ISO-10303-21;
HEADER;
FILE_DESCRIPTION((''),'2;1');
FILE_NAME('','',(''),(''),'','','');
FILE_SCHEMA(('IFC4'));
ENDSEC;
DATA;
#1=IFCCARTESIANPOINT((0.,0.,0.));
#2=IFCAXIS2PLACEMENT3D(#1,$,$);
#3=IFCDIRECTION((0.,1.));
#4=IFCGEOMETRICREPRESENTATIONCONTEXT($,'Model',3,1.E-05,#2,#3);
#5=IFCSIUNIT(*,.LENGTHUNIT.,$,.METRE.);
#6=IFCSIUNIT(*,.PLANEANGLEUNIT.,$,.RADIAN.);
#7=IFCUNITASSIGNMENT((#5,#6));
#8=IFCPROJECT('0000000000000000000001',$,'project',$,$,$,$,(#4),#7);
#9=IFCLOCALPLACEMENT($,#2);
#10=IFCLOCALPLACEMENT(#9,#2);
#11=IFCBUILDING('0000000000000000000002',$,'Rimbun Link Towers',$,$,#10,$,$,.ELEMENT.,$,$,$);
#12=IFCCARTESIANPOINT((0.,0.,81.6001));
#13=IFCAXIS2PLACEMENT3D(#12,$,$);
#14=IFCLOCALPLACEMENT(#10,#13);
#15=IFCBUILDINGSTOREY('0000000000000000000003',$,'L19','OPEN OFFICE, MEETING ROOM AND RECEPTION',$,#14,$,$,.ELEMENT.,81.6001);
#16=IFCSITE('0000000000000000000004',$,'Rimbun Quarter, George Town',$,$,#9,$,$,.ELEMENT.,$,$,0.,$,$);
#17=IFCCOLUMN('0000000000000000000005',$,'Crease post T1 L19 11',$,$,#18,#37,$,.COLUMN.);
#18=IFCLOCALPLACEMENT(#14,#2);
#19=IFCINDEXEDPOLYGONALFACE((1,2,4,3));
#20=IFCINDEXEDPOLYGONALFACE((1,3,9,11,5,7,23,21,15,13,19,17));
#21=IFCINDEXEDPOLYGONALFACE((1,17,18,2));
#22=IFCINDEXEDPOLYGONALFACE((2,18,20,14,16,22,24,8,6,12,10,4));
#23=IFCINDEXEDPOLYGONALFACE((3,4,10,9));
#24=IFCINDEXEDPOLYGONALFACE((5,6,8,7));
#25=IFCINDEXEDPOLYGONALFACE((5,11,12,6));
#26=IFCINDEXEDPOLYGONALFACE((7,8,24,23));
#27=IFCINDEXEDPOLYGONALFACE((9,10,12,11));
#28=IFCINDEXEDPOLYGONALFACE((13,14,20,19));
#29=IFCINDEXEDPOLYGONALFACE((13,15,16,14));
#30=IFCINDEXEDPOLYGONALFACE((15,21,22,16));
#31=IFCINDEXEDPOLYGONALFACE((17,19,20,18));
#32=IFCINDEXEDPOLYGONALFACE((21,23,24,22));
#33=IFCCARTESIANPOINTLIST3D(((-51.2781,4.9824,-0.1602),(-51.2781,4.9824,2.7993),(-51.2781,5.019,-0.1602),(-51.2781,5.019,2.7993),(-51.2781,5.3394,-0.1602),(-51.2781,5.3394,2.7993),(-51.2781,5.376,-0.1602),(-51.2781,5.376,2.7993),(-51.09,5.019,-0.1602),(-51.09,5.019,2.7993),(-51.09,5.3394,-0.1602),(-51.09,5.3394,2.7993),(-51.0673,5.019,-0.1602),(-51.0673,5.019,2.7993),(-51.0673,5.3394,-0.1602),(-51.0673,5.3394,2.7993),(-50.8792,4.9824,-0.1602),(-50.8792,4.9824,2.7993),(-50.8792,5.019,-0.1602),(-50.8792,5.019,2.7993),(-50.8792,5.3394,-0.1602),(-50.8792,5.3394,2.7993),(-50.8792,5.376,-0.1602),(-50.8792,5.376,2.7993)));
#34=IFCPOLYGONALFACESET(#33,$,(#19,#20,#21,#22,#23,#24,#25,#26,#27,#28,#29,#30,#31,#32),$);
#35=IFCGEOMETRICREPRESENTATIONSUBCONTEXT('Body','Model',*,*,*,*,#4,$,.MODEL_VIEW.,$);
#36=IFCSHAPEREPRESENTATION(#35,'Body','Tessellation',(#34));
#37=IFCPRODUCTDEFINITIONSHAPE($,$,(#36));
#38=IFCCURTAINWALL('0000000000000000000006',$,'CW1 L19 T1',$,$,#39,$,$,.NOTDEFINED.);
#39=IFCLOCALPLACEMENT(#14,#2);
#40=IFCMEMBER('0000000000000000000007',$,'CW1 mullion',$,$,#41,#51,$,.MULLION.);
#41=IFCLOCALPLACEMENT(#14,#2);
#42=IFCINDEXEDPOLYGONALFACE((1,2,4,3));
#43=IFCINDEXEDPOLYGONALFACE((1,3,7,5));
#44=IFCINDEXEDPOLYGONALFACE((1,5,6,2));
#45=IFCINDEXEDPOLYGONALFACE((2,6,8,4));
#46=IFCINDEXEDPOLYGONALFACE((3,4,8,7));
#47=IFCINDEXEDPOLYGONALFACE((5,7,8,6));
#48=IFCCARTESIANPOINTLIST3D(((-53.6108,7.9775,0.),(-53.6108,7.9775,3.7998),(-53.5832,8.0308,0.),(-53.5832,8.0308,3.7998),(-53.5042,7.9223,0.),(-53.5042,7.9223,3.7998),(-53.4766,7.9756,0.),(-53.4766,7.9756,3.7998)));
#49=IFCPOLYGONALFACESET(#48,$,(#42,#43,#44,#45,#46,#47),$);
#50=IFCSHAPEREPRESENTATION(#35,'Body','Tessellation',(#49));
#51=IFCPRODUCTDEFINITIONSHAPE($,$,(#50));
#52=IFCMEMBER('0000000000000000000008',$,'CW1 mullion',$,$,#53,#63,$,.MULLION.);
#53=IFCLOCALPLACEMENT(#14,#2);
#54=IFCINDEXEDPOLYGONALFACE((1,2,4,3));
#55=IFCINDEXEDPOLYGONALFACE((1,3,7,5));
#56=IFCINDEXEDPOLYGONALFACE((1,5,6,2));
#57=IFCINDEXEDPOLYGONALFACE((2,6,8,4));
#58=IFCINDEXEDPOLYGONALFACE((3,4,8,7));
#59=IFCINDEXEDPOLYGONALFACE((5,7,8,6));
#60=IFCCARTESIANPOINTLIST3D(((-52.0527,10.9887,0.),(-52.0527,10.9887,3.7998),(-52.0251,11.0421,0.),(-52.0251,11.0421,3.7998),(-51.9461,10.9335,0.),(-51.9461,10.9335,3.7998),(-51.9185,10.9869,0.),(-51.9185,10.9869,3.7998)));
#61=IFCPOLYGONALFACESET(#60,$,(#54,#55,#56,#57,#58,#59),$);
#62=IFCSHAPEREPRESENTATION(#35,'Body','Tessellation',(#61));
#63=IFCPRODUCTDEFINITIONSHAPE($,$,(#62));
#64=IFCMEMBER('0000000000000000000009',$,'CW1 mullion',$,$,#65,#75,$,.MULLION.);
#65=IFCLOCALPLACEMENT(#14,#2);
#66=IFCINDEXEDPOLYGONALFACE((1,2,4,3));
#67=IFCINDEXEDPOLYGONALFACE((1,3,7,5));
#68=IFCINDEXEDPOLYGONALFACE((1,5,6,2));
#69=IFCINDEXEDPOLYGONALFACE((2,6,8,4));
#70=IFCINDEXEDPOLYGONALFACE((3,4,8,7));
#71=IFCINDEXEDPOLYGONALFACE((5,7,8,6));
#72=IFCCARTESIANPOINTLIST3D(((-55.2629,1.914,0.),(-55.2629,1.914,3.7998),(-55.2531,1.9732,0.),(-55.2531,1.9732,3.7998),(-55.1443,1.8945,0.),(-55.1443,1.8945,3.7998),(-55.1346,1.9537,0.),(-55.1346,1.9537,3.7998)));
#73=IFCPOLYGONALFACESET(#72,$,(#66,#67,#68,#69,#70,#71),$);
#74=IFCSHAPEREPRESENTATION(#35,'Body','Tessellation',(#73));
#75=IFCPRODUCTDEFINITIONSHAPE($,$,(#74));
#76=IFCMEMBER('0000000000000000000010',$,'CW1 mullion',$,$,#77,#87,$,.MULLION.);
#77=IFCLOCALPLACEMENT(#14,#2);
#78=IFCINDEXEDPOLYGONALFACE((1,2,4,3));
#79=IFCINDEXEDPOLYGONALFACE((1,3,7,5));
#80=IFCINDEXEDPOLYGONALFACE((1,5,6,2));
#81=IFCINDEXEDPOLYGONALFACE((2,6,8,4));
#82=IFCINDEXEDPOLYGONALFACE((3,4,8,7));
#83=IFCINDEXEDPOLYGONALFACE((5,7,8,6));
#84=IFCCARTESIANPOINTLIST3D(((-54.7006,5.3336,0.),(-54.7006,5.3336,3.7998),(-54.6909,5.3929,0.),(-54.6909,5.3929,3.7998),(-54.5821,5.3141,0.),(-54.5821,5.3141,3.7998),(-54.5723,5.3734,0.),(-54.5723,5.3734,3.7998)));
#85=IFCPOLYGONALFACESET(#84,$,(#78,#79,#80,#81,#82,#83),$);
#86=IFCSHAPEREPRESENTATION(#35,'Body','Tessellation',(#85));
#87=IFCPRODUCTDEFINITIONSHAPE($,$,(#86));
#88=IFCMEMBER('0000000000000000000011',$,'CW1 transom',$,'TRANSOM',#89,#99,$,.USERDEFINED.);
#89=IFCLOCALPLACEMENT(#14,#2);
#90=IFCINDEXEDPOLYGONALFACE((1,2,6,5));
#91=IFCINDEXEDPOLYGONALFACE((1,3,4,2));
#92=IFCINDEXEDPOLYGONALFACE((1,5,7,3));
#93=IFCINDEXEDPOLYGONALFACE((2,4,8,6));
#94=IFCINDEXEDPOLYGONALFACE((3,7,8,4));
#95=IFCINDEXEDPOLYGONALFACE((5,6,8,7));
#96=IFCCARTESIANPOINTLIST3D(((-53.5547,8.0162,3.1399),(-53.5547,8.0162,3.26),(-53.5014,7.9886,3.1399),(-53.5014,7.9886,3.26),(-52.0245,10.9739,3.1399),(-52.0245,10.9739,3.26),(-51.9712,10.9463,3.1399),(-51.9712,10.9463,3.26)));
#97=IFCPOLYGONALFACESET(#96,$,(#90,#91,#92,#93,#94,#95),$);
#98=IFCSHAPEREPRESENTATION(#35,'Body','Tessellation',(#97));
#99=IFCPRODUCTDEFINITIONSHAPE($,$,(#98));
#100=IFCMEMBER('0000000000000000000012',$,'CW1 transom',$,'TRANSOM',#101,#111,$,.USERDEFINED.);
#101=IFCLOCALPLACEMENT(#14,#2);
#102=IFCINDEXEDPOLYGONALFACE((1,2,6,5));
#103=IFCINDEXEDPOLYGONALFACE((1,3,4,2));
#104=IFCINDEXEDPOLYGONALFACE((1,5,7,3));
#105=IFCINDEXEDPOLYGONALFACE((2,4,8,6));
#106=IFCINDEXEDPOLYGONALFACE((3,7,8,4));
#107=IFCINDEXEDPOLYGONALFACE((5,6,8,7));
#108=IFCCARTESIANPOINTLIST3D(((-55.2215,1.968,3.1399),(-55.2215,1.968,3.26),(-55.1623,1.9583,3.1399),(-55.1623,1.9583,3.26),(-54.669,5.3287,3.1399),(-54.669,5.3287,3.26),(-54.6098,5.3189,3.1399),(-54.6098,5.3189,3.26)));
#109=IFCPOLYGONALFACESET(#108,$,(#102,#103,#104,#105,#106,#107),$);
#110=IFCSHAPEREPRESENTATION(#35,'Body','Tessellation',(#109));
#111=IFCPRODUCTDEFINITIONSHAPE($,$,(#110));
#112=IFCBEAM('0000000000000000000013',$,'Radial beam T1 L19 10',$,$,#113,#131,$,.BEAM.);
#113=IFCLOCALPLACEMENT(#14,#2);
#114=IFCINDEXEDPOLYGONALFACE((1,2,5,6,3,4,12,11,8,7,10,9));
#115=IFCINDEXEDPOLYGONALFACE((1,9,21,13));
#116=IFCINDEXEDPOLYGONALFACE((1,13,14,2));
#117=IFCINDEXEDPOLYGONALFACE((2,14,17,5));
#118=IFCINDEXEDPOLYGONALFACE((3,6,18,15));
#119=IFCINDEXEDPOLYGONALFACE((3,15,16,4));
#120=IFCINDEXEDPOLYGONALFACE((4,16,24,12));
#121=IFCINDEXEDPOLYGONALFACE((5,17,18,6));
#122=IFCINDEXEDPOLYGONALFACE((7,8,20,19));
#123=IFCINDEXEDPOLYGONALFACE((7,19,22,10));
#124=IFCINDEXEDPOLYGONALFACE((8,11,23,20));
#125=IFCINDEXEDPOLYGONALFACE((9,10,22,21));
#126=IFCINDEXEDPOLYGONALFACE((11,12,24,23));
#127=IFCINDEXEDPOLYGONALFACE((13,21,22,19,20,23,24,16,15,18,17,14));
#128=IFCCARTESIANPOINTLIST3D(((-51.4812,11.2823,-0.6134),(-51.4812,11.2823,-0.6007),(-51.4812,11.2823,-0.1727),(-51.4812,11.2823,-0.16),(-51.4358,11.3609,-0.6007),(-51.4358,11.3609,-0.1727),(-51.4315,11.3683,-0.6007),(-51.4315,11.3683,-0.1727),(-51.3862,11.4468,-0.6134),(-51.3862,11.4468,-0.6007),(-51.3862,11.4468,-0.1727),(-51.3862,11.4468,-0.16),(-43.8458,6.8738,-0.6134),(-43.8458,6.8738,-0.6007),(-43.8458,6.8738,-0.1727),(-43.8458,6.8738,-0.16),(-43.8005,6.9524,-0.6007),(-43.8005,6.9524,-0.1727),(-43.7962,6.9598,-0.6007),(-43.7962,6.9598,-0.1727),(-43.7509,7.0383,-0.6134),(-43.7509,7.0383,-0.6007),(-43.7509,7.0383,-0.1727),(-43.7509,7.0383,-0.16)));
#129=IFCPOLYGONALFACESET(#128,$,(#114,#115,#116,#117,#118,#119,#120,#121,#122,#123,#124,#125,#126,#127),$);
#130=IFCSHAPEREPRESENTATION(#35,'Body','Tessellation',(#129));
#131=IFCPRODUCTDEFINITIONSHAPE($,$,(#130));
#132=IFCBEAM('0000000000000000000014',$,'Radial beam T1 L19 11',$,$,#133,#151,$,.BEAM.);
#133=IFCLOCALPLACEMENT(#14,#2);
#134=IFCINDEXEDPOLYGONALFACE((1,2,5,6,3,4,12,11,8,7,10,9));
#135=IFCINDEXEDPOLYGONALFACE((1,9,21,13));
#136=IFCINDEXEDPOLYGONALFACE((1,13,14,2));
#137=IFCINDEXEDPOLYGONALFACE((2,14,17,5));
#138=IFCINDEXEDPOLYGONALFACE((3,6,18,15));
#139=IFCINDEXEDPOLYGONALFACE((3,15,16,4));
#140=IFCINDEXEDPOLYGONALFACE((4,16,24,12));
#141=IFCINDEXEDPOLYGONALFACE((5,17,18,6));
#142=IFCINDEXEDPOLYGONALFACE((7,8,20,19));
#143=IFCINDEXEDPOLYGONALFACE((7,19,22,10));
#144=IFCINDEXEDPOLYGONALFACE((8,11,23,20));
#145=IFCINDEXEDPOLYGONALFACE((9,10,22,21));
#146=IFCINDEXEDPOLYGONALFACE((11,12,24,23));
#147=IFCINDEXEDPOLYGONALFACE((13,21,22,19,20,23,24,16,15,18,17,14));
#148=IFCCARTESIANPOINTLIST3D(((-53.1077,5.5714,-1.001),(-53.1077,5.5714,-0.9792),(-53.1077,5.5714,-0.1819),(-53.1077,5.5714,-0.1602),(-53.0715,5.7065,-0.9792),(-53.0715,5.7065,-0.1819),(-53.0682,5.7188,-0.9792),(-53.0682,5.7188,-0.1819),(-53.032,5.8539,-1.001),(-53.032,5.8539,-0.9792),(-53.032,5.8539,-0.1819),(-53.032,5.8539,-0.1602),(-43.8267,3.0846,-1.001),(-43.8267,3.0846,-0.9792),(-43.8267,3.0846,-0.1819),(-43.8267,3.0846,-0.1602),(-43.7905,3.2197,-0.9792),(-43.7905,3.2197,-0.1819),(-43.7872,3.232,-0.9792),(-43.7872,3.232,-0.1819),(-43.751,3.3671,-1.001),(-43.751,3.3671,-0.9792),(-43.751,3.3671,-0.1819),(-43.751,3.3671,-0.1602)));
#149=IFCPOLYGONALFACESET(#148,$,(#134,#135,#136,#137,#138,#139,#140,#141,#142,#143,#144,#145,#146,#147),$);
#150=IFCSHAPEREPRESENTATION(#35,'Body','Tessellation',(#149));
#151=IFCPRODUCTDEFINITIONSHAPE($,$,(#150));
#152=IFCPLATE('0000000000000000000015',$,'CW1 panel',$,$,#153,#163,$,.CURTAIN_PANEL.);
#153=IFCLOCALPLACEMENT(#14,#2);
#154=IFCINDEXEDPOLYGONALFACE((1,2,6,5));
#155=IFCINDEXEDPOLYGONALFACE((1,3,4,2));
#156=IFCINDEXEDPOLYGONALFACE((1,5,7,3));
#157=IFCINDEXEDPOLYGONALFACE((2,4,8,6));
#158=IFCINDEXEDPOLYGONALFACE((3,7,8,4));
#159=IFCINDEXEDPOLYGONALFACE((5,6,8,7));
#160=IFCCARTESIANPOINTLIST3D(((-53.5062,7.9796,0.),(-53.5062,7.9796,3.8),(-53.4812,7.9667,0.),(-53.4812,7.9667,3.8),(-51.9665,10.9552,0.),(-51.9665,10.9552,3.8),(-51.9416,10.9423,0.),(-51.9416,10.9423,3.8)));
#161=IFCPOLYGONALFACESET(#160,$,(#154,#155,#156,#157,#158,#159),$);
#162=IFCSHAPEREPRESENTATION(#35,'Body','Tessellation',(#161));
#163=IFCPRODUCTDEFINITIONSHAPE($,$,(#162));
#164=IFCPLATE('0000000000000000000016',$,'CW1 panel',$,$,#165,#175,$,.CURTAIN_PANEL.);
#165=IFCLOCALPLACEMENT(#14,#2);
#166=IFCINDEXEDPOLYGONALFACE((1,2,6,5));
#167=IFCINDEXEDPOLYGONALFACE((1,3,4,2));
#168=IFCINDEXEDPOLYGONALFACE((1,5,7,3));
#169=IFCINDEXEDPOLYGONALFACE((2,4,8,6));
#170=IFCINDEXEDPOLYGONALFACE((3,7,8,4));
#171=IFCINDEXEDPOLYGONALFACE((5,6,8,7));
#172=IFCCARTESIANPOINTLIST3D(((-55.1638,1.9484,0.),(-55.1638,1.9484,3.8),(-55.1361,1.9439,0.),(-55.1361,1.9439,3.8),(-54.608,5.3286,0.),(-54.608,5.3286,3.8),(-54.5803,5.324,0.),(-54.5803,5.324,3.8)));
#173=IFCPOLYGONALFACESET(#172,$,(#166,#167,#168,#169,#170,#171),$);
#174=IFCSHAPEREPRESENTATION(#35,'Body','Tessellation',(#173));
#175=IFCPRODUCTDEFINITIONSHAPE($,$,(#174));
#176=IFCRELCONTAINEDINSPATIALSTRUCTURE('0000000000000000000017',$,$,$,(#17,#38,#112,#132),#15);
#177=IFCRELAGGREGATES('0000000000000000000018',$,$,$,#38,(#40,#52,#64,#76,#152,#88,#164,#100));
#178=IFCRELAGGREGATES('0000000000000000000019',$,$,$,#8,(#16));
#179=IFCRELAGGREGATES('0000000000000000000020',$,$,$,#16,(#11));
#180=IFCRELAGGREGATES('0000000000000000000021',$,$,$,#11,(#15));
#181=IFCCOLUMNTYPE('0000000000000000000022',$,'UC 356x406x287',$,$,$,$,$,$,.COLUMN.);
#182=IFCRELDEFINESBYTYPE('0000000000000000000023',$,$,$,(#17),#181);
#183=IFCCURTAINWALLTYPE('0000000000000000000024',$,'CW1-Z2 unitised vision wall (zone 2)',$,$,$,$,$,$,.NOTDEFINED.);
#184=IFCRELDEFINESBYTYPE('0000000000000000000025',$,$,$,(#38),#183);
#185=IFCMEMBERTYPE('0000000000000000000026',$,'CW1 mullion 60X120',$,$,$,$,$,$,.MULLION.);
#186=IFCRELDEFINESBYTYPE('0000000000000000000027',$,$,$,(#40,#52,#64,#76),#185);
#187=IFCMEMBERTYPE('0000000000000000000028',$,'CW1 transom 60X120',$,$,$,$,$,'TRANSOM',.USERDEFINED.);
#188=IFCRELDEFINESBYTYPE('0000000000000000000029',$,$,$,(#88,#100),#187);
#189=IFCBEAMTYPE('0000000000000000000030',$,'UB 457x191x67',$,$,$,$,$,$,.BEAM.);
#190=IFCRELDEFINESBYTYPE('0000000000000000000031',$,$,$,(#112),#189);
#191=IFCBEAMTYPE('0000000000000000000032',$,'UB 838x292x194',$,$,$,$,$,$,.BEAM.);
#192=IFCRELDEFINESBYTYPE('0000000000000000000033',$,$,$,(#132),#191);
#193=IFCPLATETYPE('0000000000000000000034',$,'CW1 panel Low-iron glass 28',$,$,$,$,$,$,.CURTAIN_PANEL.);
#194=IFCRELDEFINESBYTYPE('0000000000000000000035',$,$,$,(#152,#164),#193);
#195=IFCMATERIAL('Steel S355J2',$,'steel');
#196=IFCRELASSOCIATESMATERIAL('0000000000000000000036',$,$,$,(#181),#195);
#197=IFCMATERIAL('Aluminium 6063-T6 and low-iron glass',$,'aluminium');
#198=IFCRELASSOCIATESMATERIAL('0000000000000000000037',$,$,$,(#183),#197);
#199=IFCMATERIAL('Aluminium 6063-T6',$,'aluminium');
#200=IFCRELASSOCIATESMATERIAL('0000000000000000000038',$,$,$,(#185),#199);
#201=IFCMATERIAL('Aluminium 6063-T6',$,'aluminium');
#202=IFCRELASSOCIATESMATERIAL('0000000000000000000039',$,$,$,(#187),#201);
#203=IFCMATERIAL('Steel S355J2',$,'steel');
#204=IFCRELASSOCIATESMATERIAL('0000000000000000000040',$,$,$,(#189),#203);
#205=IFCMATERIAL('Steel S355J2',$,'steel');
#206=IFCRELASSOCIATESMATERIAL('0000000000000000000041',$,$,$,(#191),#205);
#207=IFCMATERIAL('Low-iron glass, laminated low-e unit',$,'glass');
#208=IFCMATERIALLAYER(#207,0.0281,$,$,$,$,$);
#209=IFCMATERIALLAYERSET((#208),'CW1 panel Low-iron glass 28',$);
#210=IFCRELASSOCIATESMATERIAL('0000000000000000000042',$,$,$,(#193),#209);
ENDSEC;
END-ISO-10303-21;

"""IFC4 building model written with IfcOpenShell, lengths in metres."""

from ifc_helpers import new_model, si_unit, direction, frame, origin, origin_2d, place, context, subcontext, project, spatial, rectangle, i_section, extrude, material, layer, layer_set, material_profile, profile_set, type_object, element, aggregate, save


model = new_model("IFC4")

# Units and contexts
model_context = context("Model", 3, precision=1e-05, world=origin(), true_north=direction((0.0, 1.0)))
body_context = subcontext(model_context, "Body", "Model", "MODEL_VIEW")
ifc_project = project(units=[si_unit("LENGTHUNIT", "METRE"), si_unit("PLANEANGLEUNIT", "RADIAN")], contexts=[model_context])

# Site, building, storey
site_placement = place(None, origin())
site = spatial("IfcSite", under=ifc_project, at=site_placement, Name="Rimbun Quarter, George Town", CompositionType="ELEMENT", RefElevation=0.0)
building_placement = place(site_placement, origin())
building = spatial("IfcBuilding", under=site, at=building_placement, Name="Rimbun Link Towers", CompositionType="ELEMENT")
storey_placement = place(building_placement, frame((0.0, 0.0, 81.6001)))
storey = spatial("IfcBuildingStorey", under=building, at=storey_placement, Name="L19", Description="OPEN OFFICE, MEETING ROOM AND RECEPTION", CompositionType="ELEMENT", Elevation=81.6001)

# Column
ifc_material_1 = material(Name="Steel S355J2", Category="steel")
ifc_material_profile_1 = material_profile(ifc_material_1, i_section(OverallWidth=0.3989, OverallDepth=0.3936, WebThickness=0.0227, FlangeThickness=0.0366, at=origin_2d()), Name="UC 356x406x287")
ifc_profile_set_1 = profile_set([ifc_material_profile_1], Name="Steel S355J2")
column_type = type_object("IfcColumnType", Name="UC 356x406x287", PredefinedType="COLUMN", material=ifc_profile_set_1)
column_placement = place(storey_placement, frame((-51.0786, 5.1792, -0.1602), z_axis=(0.0, 0.0, 1.0), x_axis=(1.0, 0.0, 0.0)))
element("IfcColumn", 1, at=column_placement, inside=storey, type_object=column_type, Name="Crease post T1 L19 11", PredefinedType="COLUMN", context=body_context, shape_type="SweptSolid", body=[
    extrude(i_section(OverallWidth=0.3989, OverallDepth=0.3936, WebThickness=0.0227, FlangeThickness=0.0366, at=origin_2d()), origin(), (0.0, 0.0, 1.0), 2.9595),
])

# Curtain wall, members
ifc_material_2 = material(Name="Aluminium 6063-T6 and low-iron glass", Category="aluminium")
curtain_wall_type = type_object("IfcCurtainWallType", Name="CW1-Z2 unitised vision wall (zone 2)", PredefinedType="NOTDEFINED", material=ifc_material_2)
curtain_wall_placement = place(storey_placement, origin())
curtain_wall = element("IfcCurtainWall", 2, at=curtain_wall_placement, inside=storey, type_object=curtain_wall_type, Name="CW1 L19 T1", PredefinedType="NOTDEFINED")
ifc_material_3 = material(Name="Aluminium 6063-T6", Category="aluminium")
ifc_material_profile_2 = material_profile(ifc_material_3, rectangle(XDim=0.1201, YDim=0.0601, at=origin_2d()), Name="MULLION 60X120")
ifc_profile_set_2 = profile_set([ifc_material_profile_2], Name="Aluminium 6063-T6")
member_type_1 = type_object("IfcMemberType", Name="CW1 mullion 60X120", PredefinedType="MULLION", material=ifc_profile_set_2)
member_1_placement = place(storey_placement, frame((-53.5437, 7.9766, 0.0), z_axis=(0.0, 0.0, 1.0), x_axis=(-0.888155, 0.459544, 0.0)))
member_1 = element("IfcMember", 3, at=member_1_placement, type_object=member_type_1, Name="CW1 mullion", PredefinedType="MULLION", context=body_context, shape_type="SweptSolid", body=[
    extrude(rectangle(XDim=0.1201, YDim=0.0601, at=origin_2d()), origin(), (0.0, 0.0, 1.0), 3.7998),
])
member_2_placement = place(storey_placement, frame((-51.9856, 10.9878, 0.0), z_axis=(0.0, 0.0, 1.0), x_axis=(-0.888155, 0.459544, 0.0)))
member_2 = element("IfcMember", 4, at=member_2_placement, type_object=member_type_1, Name="CW1 mullion", PredefinedType="MULLION", context=body_context, shape_type="SweptSolid", body=[
    extrude(rectangle(XDim=0.1201, YDim=0.0601, at=origin_2d()), origin(), (0.0, 0.0, 1.0), 3.7998),
])
member_3_placement = place(storey_placement, frame((-55.1987, 1.9338, 0.0), z_axis=(0.0, 0.0, 1.0), x_axis=(-0.986749, 0.162255, 0.0)))
member_3 = element("IfcMember", 5, at=member_3_placement, type_object=member_type_1, Name="CW1 mullion", PredefinedType="MULLION", context=body_context, shape_type="SweptSolid", body=[
    extrude(rectangle(XDim=0.1201, YDim=0.0601, at=origin_2d()), origin(), (0.0, 0.0, 1.0), 3.7998),
])
member_4_placement = place(storey_placement, frame((-54.6365, 5.3535, 0.0), z_axis=(0.0, 0.0, 1.0), x_axis=(-0.986749, 0.162255, 0.0)))
member_4 = element("IfcMember", 6, at=member_4_placement, type_object=member_type_1, Name="CW1 mullion", PredefinedType="MULLION", context=body_context, shape_type="SweptSolid", body=[
    extrude(rectangle(XDim=0.1201, YDim=0.0601, at=origin_2d()), origin(), (0.0, 0.0, 1.0), 3.7998),
])
ifc_material_4 = material(Name="Aluminium 6063-T6", Category="aluminium")
ifc_material_profile_3 = material_profile(ifc_material_4, rectangle(XDim=0.0601, YDim=0.1201, at=origin_2d()), Name="TRANSOM 60X120")
ifc_profile_set_3 = profile_set([ifc_material_profile_3], Name="Aluminium 6063-T6")
member_type_2 = type_object("IfcMemberType", Name="CW1 transom 60X120", ElementType="TRANSOM", PredefinedType="USERDEFINED", material=ifc_profile_set_3)
member_5_placement = place(storey_placement, frame((-53.5281, 8.0024, 3.2), z_axis=(0.459517, 0.888169, 0.0), x_axis=(-0.888169, 0.459517, 0.0)))
member_5 = element("IfcMember", 7, at=member_5_placement, type_object=member_type_2, Name="CW1 transom", ObjectType="TRANSOM", PredefinedType="USERDEFINED", context=body_context, shape_type="SweptSolid", body=[
    extrude(rectangle(XDim=0.0601, YDim=0.1201, at=origin_2d()), origin(), (0.0, 0.0, 1.0), 3.3301),
])
member_6_placement = place(storey_placement, frame((-55.1919, 1.9631, 3.2), z_axis=(0.162225, 0.986754, 0.0), x_axis=(-0.986754, 0.162225, 0.0)))
member_6 = element("IfcMember", 8, at=member_6_placement, type_object=member_type_2, Name="CW1 transom", ObjectType="TRANSOM", PredefinedType="USERDEFINED", context=body_context, shape_type="SweptSolid", body=[
    extrude(rectangle(XDim=0.0601, YDim=0.1201, at=origin_2d()), origin(), (0.0, 0.0, 1.0), 3.4058),
])

# Beams
ifc_material_5 = material(Name="Steel S355J2", Category="steel")
ifc_material_profile_4 = material_profile(ifc_material_5, i_section(OverallWidth=0.1899, OverallDepth=0.4534, WebThickness=0.0085, FlangeThickness=0.0127, at=origin_2d()), Name="UB 457x191x67")
ifc_profile_set_4 = profile_set([ifc_material_profile_4], Name="Steel S355J2")
beam_type_1 = type_object("IfcBeamType", Name="UB 457x191x67", PredefinedType="BEAM", material=ifc_profile_set_4)
beam_1_placement = place(storey_placement, frame((-43.7983, 6.9561, -0.3867), z_axis=(-0.866014, 0.50002, 0.0), x_axis=(-0.50002, -0.866014, 0.0)))
element("IfcBeam", 9, at=beam_1_placement, inside=storey, type_object=beam_type_1, Name="Radial beam T1 L19 10", PredefinedType="BEAM", context=body_context, shape_type="SweptSolid", body=[
    extrude(i_section(OverallWidth=0.1899, OverallDepth=0.4534, WebThickness=0.0085, FlangeThickness=0.0127, at=origin_2d()), origin(), (0.0, 0.0, 1.0), 8.8167),
])
ifc_material_6 = material(Name="Steel S355J2", Category="steel")
ifc_material_profile_5 = material_profile(ifc_material_6, i_section(OverallWidth=0.2925, OverallDepth=0.8408, WebThickness=0.0127, FlangeThickness=0.0217, at=origin_2d()), Name="UB 838x292x194")
ifc_profile_set_5 = profile_set([ifc_material_profile_5], Name="Steel S355J2")
beam_type_2 = type_object("IfcBeamType", Name="UB 838x292x194", PredefinedType="BEAM", material=ifc_profile_set_5)
beam_2_placement = place(storey_placement, frame((-43.7888, 3.2258, -0.5806), z_axis=(-0.965926, 0.258817, 0.0), x_axis=(-0.258817, -0.965926, 0.0)))
element("IfcBeam", 10, at=beam_2_placement, inside=storey, type_object=beam_type_2, Name="Radial beam T1 L19 11", PredefinedType="BEAM", context=body_context, shape_type="SweptSolid", body=[
    extrude(i_section(OverallWidth=0.2925, OverallDepth=0.8408, WebThickness=0.0127, FlangeThickness=0.0217, at=origin_2d()), origin(), (0.0, 0.0, 1.0), 9.6084),
])

# Plates
ifc_material_7 = material(Name="Low-iron glass, laminated low-e unit", Category="glass")
ifc_layer_1 = layer(ifc_material_7, 0.0281)
ifc_layer_set_1 = layer_set([ifc_layer_1], Name="CW1 panel Low-iron glass 28")
plate_type = type_object("IfcPlateType", Name="CW1 panel Low-iron glass 28", PredefinedType="CURTAIN_PANEL", material=ifc_layer_set_1)
plate_1_placement = place(storey_placement, frame((-52.7239, 9.4609, 0.0), z_axis=(0.0, 0.0, 1.0), x_axis=(0.459544, 0.888155, 0.0)))
plate_1 = element("IfcPlate", 11, at=plate_1_placement, type_object=plate_type, Name="CW1 panel", PredefinedType="CURTAIN_PANEL", context=body_context, shape_type="SweptSolid", body=[
    extrude(rectangle(XDim=3.3503, YDim=0.0281, at=origin_2d()), origin(), (0.0, 0.0, 1.0), 3.8),
])
plate_2_placement = place(storey_placement, frame((-54.8721, 3.6362, 0.0), z_axis=(0.0, 0.0, 1.0), x_axis=(0.162255, 0.986749, 0.0)))
plate_2 = element("IfcPlate", 12, at=plate_2_placement, type_object=plate_type, Name="CW1 panel", PredefinedType="CURTAIN_PANEL", context=body_context, shape_type="SweptSolid", body=[
    extrude(rectangle(XDim=3.4255, YDim=0.0281, at=origin_2d()), origin(), (0.0, 0.0, 1.0), 3.8),
])
aggregate(curtain_wall, [member_1, member_2, member_3, member_4, plate_1, member_5, plate_2, member_6])

save(model, "model.ifc")
